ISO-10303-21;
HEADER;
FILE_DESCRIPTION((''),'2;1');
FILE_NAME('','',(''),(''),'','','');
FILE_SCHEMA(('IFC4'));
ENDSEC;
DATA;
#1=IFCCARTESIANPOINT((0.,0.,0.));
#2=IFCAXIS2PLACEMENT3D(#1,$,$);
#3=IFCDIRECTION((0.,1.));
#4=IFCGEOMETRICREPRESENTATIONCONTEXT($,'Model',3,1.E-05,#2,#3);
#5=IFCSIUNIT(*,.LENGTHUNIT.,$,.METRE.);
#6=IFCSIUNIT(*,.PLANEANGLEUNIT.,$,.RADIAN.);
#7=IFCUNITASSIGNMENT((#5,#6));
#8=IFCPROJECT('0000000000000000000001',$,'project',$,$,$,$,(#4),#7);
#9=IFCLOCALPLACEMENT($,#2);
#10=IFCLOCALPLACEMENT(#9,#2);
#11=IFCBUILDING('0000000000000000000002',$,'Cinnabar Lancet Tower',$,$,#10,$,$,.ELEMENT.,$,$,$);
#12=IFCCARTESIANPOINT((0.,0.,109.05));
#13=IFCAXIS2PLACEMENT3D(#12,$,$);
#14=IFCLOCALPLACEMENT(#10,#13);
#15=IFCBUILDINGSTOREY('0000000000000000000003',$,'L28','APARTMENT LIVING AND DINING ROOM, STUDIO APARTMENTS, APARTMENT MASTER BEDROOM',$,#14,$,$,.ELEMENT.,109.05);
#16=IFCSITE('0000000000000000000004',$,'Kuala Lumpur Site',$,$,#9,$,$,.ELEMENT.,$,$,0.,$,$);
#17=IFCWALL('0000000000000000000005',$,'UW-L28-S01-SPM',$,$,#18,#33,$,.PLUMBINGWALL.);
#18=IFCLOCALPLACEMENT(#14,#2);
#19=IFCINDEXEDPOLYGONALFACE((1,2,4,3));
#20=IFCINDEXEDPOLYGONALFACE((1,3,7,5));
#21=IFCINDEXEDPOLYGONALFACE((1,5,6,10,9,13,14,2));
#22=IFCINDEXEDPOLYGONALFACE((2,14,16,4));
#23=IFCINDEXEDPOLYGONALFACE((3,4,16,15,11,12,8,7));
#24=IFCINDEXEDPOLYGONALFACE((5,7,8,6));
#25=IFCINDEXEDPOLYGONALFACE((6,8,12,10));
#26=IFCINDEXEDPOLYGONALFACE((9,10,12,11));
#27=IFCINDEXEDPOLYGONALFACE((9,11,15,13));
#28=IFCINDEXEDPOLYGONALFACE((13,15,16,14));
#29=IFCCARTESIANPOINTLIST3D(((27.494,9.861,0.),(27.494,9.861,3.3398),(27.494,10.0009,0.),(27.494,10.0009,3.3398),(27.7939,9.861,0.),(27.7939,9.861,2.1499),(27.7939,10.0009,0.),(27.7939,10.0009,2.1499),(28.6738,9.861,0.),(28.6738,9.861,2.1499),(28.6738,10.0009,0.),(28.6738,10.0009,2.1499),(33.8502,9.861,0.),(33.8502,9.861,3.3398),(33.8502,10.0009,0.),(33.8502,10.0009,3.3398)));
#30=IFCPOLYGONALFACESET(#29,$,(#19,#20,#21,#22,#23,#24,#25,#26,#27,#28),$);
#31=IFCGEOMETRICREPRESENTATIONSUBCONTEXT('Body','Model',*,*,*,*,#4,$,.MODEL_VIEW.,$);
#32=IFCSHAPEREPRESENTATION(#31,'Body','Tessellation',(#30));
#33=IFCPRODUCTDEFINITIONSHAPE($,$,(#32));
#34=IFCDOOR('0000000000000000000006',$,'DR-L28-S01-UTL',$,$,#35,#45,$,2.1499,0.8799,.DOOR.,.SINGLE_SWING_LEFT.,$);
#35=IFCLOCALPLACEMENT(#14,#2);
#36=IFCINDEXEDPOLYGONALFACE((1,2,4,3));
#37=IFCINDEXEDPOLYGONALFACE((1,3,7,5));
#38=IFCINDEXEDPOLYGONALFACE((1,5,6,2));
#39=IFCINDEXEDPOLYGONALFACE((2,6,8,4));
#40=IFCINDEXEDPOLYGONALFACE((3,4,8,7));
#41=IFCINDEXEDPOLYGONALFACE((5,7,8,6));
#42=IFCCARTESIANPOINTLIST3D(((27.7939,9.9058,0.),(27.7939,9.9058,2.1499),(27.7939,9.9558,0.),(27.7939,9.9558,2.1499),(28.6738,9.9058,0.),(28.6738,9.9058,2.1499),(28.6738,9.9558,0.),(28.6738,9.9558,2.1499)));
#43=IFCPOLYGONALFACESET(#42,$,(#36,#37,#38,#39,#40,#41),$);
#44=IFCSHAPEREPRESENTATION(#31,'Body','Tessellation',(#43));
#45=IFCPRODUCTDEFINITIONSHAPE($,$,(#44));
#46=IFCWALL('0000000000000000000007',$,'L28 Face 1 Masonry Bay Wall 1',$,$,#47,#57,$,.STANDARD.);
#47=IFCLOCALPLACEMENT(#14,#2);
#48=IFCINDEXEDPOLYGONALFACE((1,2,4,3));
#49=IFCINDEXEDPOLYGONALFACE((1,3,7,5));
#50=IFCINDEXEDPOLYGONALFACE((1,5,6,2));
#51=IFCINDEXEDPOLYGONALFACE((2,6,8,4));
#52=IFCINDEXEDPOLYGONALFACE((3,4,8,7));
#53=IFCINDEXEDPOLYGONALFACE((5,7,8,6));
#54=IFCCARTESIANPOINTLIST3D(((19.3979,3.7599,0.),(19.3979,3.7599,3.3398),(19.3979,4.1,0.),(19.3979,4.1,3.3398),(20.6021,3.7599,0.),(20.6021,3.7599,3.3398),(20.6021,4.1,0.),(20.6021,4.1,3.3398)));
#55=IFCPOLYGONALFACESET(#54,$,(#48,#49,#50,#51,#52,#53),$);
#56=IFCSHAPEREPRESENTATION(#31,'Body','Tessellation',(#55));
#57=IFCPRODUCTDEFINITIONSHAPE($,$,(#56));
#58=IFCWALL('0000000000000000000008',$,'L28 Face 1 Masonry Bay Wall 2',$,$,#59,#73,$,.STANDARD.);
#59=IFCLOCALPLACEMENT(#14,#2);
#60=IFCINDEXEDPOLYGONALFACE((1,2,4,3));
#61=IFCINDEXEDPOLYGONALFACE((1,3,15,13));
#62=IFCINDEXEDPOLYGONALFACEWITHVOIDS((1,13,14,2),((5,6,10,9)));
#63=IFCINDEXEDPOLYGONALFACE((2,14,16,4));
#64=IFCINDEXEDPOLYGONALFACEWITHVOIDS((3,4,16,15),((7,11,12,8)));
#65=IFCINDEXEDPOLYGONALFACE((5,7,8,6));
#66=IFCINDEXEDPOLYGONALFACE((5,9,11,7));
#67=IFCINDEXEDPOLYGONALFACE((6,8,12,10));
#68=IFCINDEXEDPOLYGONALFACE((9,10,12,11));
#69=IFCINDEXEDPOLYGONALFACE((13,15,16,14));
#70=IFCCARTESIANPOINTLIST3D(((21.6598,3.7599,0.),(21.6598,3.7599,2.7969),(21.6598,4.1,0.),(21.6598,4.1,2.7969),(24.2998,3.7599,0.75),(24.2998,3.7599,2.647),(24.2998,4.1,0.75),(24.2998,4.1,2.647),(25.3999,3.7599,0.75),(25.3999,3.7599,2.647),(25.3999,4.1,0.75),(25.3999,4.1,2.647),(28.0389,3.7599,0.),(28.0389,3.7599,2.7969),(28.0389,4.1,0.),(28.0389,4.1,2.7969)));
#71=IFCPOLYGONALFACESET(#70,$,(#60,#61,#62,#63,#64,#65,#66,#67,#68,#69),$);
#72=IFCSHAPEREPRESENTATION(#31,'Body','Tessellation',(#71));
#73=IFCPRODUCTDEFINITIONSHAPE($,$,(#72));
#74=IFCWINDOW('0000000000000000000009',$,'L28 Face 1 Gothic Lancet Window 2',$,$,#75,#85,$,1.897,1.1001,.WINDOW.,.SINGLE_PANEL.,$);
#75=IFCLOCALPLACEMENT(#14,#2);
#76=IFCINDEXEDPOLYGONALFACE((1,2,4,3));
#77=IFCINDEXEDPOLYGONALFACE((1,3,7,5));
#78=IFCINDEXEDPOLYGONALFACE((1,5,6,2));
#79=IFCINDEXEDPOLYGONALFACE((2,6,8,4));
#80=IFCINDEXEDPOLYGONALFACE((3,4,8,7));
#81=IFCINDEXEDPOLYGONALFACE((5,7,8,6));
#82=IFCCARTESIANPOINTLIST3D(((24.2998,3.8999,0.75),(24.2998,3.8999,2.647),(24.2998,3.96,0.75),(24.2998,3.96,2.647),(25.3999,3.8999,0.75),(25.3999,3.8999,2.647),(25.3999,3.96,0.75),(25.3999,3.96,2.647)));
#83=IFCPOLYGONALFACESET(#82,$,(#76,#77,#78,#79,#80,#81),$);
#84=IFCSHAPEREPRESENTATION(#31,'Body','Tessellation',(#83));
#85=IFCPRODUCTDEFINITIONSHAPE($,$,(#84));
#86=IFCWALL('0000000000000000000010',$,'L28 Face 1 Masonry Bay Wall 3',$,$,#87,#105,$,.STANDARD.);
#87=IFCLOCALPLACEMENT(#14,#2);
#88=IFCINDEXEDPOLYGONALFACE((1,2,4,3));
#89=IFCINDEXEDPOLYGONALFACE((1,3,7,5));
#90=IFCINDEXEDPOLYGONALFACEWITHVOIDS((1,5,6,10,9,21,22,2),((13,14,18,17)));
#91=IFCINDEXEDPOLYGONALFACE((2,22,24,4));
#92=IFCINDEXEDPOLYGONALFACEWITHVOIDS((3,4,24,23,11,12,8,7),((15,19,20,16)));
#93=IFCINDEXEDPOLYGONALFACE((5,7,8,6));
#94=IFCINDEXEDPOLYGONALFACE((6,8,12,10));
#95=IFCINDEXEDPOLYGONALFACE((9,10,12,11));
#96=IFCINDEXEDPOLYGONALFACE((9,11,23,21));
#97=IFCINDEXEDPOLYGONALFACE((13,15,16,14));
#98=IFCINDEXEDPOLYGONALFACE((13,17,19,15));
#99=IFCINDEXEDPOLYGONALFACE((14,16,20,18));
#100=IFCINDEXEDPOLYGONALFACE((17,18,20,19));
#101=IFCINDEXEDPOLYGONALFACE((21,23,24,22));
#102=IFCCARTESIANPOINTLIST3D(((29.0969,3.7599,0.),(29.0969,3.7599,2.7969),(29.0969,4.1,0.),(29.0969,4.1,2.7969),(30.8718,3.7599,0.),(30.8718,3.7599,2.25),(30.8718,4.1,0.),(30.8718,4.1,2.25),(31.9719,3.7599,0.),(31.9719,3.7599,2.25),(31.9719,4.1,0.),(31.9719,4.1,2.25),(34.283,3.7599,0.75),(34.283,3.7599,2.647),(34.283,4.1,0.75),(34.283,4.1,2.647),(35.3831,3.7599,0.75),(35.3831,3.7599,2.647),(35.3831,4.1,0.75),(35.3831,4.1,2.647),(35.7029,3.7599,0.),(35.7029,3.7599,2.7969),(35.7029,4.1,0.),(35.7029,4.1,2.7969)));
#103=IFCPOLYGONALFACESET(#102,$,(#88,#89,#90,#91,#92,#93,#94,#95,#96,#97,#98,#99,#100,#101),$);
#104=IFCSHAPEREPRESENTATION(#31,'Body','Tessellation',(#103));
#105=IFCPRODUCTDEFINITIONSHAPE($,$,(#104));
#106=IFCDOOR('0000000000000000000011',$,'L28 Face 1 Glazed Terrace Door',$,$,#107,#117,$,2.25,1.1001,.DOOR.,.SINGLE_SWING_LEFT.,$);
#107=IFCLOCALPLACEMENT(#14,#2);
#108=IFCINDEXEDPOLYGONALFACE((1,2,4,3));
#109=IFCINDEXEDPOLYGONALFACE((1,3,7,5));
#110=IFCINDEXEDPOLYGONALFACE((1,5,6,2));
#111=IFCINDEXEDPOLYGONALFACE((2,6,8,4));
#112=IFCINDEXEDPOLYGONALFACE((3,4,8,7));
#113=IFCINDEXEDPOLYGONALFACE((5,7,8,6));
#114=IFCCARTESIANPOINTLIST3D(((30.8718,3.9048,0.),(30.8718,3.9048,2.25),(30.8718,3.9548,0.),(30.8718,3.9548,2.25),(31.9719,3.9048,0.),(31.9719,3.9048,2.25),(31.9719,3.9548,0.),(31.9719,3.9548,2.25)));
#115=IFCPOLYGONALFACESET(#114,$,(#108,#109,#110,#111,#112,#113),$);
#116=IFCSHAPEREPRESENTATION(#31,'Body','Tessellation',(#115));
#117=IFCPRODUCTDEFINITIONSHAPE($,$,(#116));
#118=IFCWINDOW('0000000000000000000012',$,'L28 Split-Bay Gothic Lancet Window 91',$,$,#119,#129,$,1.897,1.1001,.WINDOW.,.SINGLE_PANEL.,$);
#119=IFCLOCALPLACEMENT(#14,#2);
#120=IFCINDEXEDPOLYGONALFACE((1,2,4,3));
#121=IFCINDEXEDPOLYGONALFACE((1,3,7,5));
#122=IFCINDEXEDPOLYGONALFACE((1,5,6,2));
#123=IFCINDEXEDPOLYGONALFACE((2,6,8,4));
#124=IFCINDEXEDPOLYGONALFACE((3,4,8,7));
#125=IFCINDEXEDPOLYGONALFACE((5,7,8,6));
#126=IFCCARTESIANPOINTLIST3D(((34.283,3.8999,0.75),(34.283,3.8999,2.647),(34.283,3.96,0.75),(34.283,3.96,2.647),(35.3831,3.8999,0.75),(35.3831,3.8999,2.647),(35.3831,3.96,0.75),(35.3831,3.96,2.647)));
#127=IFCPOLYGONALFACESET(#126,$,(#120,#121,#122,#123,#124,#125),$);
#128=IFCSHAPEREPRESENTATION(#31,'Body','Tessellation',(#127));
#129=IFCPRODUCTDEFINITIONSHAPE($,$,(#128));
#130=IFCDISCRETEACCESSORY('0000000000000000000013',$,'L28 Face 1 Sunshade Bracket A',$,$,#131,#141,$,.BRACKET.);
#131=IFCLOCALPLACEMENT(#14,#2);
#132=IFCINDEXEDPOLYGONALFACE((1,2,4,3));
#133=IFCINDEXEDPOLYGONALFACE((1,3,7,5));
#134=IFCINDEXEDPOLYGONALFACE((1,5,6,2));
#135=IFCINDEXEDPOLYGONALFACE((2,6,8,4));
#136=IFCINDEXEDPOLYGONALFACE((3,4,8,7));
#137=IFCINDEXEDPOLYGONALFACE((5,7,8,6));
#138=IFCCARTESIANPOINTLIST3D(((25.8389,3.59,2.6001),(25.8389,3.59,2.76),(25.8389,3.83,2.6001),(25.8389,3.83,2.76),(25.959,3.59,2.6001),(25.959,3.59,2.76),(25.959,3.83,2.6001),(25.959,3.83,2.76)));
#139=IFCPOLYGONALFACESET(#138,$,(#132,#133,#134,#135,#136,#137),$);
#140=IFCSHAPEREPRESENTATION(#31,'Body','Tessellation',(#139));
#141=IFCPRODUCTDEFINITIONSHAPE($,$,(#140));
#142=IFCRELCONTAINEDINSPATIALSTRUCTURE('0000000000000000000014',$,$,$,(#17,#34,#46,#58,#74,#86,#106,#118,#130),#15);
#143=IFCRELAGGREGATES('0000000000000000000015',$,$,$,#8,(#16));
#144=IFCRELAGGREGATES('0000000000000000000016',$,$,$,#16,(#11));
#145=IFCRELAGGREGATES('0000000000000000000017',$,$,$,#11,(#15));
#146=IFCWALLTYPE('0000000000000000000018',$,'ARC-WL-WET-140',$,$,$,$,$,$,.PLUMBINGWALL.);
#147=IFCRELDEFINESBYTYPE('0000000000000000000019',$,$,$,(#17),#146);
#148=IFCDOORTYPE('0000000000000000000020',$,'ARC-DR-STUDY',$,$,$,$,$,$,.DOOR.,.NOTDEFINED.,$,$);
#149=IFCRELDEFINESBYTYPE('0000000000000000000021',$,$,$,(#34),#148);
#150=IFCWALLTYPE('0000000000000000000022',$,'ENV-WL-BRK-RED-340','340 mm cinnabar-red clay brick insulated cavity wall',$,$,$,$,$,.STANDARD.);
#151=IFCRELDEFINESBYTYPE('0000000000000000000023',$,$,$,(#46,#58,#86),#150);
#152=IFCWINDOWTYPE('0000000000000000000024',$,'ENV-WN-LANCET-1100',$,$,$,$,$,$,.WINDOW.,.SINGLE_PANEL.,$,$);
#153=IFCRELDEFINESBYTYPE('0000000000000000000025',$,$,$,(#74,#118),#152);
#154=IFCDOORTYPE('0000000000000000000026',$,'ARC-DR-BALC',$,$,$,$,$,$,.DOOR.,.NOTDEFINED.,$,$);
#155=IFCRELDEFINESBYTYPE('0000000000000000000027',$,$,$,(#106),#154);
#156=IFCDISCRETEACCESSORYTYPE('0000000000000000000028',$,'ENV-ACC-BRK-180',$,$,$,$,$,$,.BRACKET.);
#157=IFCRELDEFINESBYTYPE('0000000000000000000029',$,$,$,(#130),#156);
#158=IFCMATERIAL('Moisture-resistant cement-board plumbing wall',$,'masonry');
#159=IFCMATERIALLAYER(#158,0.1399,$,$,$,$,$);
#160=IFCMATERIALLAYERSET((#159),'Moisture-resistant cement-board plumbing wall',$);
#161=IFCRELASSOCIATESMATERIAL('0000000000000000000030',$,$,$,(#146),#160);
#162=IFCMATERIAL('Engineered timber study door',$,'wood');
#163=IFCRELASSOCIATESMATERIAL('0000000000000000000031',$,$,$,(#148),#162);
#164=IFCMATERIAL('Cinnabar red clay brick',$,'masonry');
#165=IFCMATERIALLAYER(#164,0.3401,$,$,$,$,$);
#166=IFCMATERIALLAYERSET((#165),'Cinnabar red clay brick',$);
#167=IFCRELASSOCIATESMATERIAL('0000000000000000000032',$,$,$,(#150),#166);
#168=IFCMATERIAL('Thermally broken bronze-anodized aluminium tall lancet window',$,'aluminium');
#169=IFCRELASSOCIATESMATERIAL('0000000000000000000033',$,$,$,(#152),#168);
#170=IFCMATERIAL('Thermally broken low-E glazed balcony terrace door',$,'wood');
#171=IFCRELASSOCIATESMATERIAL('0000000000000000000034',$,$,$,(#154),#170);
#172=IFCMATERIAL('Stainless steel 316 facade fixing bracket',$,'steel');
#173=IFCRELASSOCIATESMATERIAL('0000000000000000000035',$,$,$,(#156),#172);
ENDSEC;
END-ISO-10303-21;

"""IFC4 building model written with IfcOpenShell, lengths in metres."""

from ifc_helpers import new_model, si_unit, direction, frame, frame_2d, origin, origin_2d, place, context, subcontext, project, spatial, rectangle, extrude, material, layer, layer_set, type_object, element, fill, save


model = new_model("IFC4")

# Units and contexts
model_context = context("Model", 3, precision=1e-05, world=origin(), true_north=direction((0.0, 1.0)))
body_context = subcontext(model_context, "Body", "Model", "MODEL_VIEW")
ifc_project = project(units=[si_unit("LENGTHUNIT", "METRE"), si_unit("PLANEANGLEUNIT", "RADIAN")], contexts=[model_context])

# Site, building, storey
site_placement = place(None, origin())
site = spatial("IfcSite", under=ifc_project, at=site_placement, Name="Kuala Lumpur Site", CompositionType="ELEMENT", RefElevation=0.0)
building_placement = place(site_placement, origin())
building = spatial("IfcBuilding", under=site, at=building_placement, Name="Cinnabar Lancet Tower", CompositionType="ELEMENT")
storey_placement = place(building_placement, frame((0.0, 0.0, 109.05)))
storey = spatial("IfcBuildingStorey", under=building, at=storey_placement, Name="L28", Description="APARTMENT LIVING AND DINING ROOM, STUDIO APARTMENTS, APARTMENT MASTER BEDROOM", CompositionType="ELEMENT", Elevation=109.05)

# Shared definitions
ifc_material_1 = material(Name="Moisture-resistant cement-board plumbing wall", Category="masonry")
ifc_layer_1 = layer(ifc_material_1, 0.1399)
ifc_layer_set_1 = layer_set([ifc_layer_1], Name="Moisture-resistant cement-board plumbing wall")
wall_type_1 = type_object("IfcWallType", Name="ARC-WL-WET-140", PredefinedType="PLUMBINGWALL", material=ifc_layer_set_1)
ifc_material_2 = material(Name="Engineered timber study door", Category="wood")
door_type_1 = type_object("IfcDoorType", Name="ARC-DR-STUDY", OperationType="NOTDEFINED", PredefinedType="DOOR", material=ifc_material_2)

# Wall, opening, door
wall_1_placement = place(storey_placement, frame((27.4939, 9.9309, 0.0), z_axis=(0.0, 0.0, 1.0), x_axis=(1.0, 0.0, 0.0)))
wall_1 = element("IfcWall", 1, at=wall_1_placement, inside=storey, type_object=wall_type_1, Name="UW-L28-S01-SPM", PredefinedType="PLUMBINGWALL", context=body_context, shape_type="SweptSolid", body=[
    extrude(rectangle(XDim=6.3562, YDim=0.1399, at=frame_2d((3.1782, 0.0))), origin(), (0.0, 0.0, 1.0), 3.3398),
])
opening_1_placement = place(wall_1_placement, frame((0.3, 0.0, 0.0)))
opening_1 = element("IfcOpeningElement", 2, at=opening_1_placement, cuts=wall_1, PredefinedType="OPENING", context=body_context, shape_type="SweptSolid", body=[
    extrude(rectangle(XDim=0.8799, YDim=2.1499, at=frame_2d((0.4399, 1.075))), frame((0.0, 0.0798, 0.0), z_axis=(0.0, -1.0, 0.0), x_axis=(1.0, 0.0, 0.0)), (0.0, 0.0, 1.0), 0.1599),
])
door_1_placement = place(opening_1_placement, origin())
door_1 = element("IfcDoor", 3, at=door_1_placement, inside=storey, type_object=door_type_1, Name="DR-L28-S01-UTL", OperationType="SINGLE_SWING_LEFT", OverallHeight=2.1499, OverallWidth=0.8799, PredefinedType="DOOR", context=body_context, shape_type="SweptSolid", body=[
    extrude(rectangle(XDim=0.8799, YDim=2.1499, at=frame_2d((0.4399, 1.075))), frame((0.0, 0.0249, 0.0), z_axis=(0.0, -1.0, 0.0), x_axis=(1.0, 0.0, 0.0)), (0.0, 0.0, 1.0), 0.05),
])
fill(opening_1, door_1)

# Wall
ifc_material_3 = material(Name="Cinnabar red clay brick", Category="masonry")
ifc_layer_2 = layer(ifc_material_3, 0.3401)
ifc_layer_set_2 = layer_set([ifc_layer_2], Name="Cinnabar red clay brick")
wall_type_2 = type_object("IfcWallType", Name="ENV-WL-BRK-RED-340", Description="340 mm cinnabar-red clay brick insulated cavity wall", PredefinedType="STANDARD", material=ifc_layer_set_2)
wall_2_placement = place(storey_placement, frame((19.3979, 3.9299, 0.0), z_axis=(0.0, 0.0, 1.0), x_axis=(1.0, 0.0, 0.0)))
element("IfcWall", 4, at=wall_2_placement, inside=storey, type_object=wall_type_2, Name="L28 Face 1 Masonry Bay Wall 1", PredefinedType="STANDARD", context=body_context, shape_type="SweptSolid", body=[
    extrude(rectangle(XDim=1.2041, YDim=0.3401, at=frame_2d((0.6021, 0.0))), origin(), (0.0, 0.0, 1.0), 3.3398),
])

# Wall, opening, window
wall_3_placement = place(storey_placement, frame((21.6599, 3.9299, 0.0), z_axis=(0.0, 0.0, 1.0), x_axis=(1.0, 0.0, 0.0)))
wall_3 = element("IfcWall", 5, at=wall_3_placement, inside=storey, type_object=wall_type_2, Name="L28 Face 1 Masonry Bay Wall 2", PredefinedType="STANDARD", context=body_context, shape_type="SweptSolid", body=[
    extrude(rectangle(XDim=6.3792, YDim=0.3401, at=frame_2d((3.1895, 0.0))), origin(), (0.0, 0.0, 1.0), 2.7969),
])
opening_2_placement = place(wall_3_placement, frame((2.6399, 0.0, 0.75)))
opening_2 = element("IfcOpeningElement", 6, at=opening_2_placement, cuts=wall_3, PredefinedType="OPENING", context=body_context, shape_type="SweptSolid", body=[
    extrude(rectangle(XDim=1.1001, YDim=1.897, at=frame_2d((0.55, 0.9485))), frame((0.0, 0.1799, 0.0), z_axis=(0.0, -1.0, 0.0), x_axis=(1.0, 0.0, 0.0)), (0.0, 0.0, 1.0), 0.3601),
])
ifc_material_4 = material(Name="Thermally broken bronze-anodized aluminium tall lancet window", Category="aluminium")
window_type = type_object("IfcWindowType", Name="ENV-WN-LANCET-1100", PartitioningType="SINGLE_PANEL", PredefinedType="WINDOW", material=ifc_material_4)
window_1_placement = place(opening_2_placement, origin())
window_1 = element("IfcWindow", 7, at=window_1_placement, inside=storey, type_object=window_type, Name="L28 Face 1 Gothic Lancet Window 2", OverallHeight=1.897, OverallWidth=1.1001, PartitioningType="SINGLE_PANEL", PredefinedType="WINDOW", context=body_context, shape_type="SweptSolid", body=[
    extrude(rectangle(XDim=1.1001, YDim=1.897, at=frame_2d((0.55, 0.9485))), frame((0.0, 0.03, 0.0), z_axis=(0.0, -1.0, 0.0), x_axis=(1.0, 0.0, 0.0)), (0.0, 0.0, 1.0), 0.0601),
])
fill(opening_2, window_1)

# Wall, openings, door, window
wall_4_placement = place(storey_placement, frame((29.0969, 3.9299, 0.0), z_axis=(0.0, 0.0, 1.0), x_axis=(1.0, 0.0, 0.0)))
wall_4 = element("IfcWall", 8, at=wall_4_placement, inside=storey, type_object=wall_type_2, Name="L28 Face 1 Masonry Bay Wall 3", PredefinedType="STANDARD", context=body_context, shape_type="SweptSolid", body=[
    extrude(rectangle(XDim=6.606, YDim=0.3401, at=frame_2d((3.303, 0.0))), origin(), (0.0, 0.0, 1.0), 2.7969),
])
opening_3_placement = place(wall_4_placement, frame((1.7749, 0.0, 0.0)))
opening_3 = element("IfcOpeningElement", 9, at=opening_3_placement, cuts=wall_4, PredefinedType="OPENING", context=body_context, shape_type="SweptSolid", body=[
    extrude(rectangle(XDim=1.1001, YDim=2.25, at=frame_2d((0.55, 1.125))), frame((0.0, 0.1799, 0.0), z_axis=(0.0, -1.0, 0.0), x_axis=(1.0, 0.0, 0.0)), (0.0, 0.0, 1.0), 0.3601),
])
opening_4_placement = place(wall_4_placement, frame((5.186, 0.0, 0.75)))
opening_4 = element("IfcOpeningElement", 10, at=opening_4_placement, cuts=wall_4, PredefinedType="OPENING", context=body_context, shape_type="SweptSolid", body=[
    extrude(rectangle(XDim=1.1001, YDim=1.897, at=frame_2d((0.55, 0.9485))), frame((0.0, 0.1799, 0.0), z_axis=(0.0, -1.0, 0.0), x_axis=(1.0, 0.0, 0.0)), (0.0, 0.0, 1.0), 0.3601),
])
ifc_material_5 = material(Name="Thermally broken low-E glazed balcony terrace door", Category="wood")
door_type_2 = type_object("IfcDoorType", Name="ARC-DR-BALC", OperationType="NOTDEFINED", PredefinedType="DOOR", material=ifc_material_5)
door_2_placement = place(opening_3_placement, origin())
door_2 = element("IfcDoor", 11, at=door_2_placement, inside=storey, type_object=door_type_2, Name="L28 Face 1 Glazed Terrace Door", OperationType="SINGLE_SWING_LEFT", OverallHeight=2.25, OverallWidth=1.1001, PredefinedType="DOOR", context=body_context, shape_type="SweptSolid", body=[
    extrude(rectangle(XDim=1.1001, YDim=2.25, at=frame_2d((0.55, 1.125))), frame((0.0, 0.0249, 0.0), z_axis=(0.0, -1.0, 0.0), x_axis=(1.0, 0.0, 0.0)), (0.0, 0.0, 1.0), 0.05),
])
fill(opening_3, door_2)
window_2_placement = place(opening_4_placement, origin())
window_2 = element("IfcWindow", 12, at=window_2_placement, inside=storey, type_object=window_type, Name="L28 Split-Bay Gothic Lancet Window 91", OverallHeight=1.897, OverallWidth=1.1001, PartitioningType="SINGLE_PANEL", PredefinedType="WINDOW", context=body_context, shape_type="SweptSolid", body=[
    extrude(rectangle(XDim=1.1001, YDim=1.897, at=frame_2d((0.55, 0.9485))), frame((0.0, 0.03, 0.0), z_axis=(0.0, -1.0, 0.0), x_axis=(1.0, 0.0, 0.0)), (0.0, 0.0, 1.0), 0.0601),
])
fill(opening_4, window_2)

# Discrete accessory
ifc_material_6 = material(Name="Stainless steel 316 facade fixing bracket", Category="steel")
discrete_accessory_type = type_object("IfcDiscreteAccessoryType", Name="ENV-ACC-BRK-180", PredefinedType="BRACKET", material=ifc_material_6)
discrete_accessory_placement = place(storey_placement, frame((25.8989, 3.71, 2.6001), z_axis=(0.0, 0.0, 1.0), x_axis=(1.0, 0.0, 0.0)))
element("IfcDiscreteAccessory", 13, at=discrete_accessory_placement, inside=storey, type_object=discrete_accessory_type, Name="L28 Face 1 Sunshade Bracket A", PredefinedType="BRACKET", context=body_context, shape_type="SweptSolid", body=[
    extrude(rectangle(XDim=0.1201, YDim=0.24, at=origin_2d()), origin(), (0.0, 0.0, 1.0), 0.1599),
])

save(model, "model.ifc")
